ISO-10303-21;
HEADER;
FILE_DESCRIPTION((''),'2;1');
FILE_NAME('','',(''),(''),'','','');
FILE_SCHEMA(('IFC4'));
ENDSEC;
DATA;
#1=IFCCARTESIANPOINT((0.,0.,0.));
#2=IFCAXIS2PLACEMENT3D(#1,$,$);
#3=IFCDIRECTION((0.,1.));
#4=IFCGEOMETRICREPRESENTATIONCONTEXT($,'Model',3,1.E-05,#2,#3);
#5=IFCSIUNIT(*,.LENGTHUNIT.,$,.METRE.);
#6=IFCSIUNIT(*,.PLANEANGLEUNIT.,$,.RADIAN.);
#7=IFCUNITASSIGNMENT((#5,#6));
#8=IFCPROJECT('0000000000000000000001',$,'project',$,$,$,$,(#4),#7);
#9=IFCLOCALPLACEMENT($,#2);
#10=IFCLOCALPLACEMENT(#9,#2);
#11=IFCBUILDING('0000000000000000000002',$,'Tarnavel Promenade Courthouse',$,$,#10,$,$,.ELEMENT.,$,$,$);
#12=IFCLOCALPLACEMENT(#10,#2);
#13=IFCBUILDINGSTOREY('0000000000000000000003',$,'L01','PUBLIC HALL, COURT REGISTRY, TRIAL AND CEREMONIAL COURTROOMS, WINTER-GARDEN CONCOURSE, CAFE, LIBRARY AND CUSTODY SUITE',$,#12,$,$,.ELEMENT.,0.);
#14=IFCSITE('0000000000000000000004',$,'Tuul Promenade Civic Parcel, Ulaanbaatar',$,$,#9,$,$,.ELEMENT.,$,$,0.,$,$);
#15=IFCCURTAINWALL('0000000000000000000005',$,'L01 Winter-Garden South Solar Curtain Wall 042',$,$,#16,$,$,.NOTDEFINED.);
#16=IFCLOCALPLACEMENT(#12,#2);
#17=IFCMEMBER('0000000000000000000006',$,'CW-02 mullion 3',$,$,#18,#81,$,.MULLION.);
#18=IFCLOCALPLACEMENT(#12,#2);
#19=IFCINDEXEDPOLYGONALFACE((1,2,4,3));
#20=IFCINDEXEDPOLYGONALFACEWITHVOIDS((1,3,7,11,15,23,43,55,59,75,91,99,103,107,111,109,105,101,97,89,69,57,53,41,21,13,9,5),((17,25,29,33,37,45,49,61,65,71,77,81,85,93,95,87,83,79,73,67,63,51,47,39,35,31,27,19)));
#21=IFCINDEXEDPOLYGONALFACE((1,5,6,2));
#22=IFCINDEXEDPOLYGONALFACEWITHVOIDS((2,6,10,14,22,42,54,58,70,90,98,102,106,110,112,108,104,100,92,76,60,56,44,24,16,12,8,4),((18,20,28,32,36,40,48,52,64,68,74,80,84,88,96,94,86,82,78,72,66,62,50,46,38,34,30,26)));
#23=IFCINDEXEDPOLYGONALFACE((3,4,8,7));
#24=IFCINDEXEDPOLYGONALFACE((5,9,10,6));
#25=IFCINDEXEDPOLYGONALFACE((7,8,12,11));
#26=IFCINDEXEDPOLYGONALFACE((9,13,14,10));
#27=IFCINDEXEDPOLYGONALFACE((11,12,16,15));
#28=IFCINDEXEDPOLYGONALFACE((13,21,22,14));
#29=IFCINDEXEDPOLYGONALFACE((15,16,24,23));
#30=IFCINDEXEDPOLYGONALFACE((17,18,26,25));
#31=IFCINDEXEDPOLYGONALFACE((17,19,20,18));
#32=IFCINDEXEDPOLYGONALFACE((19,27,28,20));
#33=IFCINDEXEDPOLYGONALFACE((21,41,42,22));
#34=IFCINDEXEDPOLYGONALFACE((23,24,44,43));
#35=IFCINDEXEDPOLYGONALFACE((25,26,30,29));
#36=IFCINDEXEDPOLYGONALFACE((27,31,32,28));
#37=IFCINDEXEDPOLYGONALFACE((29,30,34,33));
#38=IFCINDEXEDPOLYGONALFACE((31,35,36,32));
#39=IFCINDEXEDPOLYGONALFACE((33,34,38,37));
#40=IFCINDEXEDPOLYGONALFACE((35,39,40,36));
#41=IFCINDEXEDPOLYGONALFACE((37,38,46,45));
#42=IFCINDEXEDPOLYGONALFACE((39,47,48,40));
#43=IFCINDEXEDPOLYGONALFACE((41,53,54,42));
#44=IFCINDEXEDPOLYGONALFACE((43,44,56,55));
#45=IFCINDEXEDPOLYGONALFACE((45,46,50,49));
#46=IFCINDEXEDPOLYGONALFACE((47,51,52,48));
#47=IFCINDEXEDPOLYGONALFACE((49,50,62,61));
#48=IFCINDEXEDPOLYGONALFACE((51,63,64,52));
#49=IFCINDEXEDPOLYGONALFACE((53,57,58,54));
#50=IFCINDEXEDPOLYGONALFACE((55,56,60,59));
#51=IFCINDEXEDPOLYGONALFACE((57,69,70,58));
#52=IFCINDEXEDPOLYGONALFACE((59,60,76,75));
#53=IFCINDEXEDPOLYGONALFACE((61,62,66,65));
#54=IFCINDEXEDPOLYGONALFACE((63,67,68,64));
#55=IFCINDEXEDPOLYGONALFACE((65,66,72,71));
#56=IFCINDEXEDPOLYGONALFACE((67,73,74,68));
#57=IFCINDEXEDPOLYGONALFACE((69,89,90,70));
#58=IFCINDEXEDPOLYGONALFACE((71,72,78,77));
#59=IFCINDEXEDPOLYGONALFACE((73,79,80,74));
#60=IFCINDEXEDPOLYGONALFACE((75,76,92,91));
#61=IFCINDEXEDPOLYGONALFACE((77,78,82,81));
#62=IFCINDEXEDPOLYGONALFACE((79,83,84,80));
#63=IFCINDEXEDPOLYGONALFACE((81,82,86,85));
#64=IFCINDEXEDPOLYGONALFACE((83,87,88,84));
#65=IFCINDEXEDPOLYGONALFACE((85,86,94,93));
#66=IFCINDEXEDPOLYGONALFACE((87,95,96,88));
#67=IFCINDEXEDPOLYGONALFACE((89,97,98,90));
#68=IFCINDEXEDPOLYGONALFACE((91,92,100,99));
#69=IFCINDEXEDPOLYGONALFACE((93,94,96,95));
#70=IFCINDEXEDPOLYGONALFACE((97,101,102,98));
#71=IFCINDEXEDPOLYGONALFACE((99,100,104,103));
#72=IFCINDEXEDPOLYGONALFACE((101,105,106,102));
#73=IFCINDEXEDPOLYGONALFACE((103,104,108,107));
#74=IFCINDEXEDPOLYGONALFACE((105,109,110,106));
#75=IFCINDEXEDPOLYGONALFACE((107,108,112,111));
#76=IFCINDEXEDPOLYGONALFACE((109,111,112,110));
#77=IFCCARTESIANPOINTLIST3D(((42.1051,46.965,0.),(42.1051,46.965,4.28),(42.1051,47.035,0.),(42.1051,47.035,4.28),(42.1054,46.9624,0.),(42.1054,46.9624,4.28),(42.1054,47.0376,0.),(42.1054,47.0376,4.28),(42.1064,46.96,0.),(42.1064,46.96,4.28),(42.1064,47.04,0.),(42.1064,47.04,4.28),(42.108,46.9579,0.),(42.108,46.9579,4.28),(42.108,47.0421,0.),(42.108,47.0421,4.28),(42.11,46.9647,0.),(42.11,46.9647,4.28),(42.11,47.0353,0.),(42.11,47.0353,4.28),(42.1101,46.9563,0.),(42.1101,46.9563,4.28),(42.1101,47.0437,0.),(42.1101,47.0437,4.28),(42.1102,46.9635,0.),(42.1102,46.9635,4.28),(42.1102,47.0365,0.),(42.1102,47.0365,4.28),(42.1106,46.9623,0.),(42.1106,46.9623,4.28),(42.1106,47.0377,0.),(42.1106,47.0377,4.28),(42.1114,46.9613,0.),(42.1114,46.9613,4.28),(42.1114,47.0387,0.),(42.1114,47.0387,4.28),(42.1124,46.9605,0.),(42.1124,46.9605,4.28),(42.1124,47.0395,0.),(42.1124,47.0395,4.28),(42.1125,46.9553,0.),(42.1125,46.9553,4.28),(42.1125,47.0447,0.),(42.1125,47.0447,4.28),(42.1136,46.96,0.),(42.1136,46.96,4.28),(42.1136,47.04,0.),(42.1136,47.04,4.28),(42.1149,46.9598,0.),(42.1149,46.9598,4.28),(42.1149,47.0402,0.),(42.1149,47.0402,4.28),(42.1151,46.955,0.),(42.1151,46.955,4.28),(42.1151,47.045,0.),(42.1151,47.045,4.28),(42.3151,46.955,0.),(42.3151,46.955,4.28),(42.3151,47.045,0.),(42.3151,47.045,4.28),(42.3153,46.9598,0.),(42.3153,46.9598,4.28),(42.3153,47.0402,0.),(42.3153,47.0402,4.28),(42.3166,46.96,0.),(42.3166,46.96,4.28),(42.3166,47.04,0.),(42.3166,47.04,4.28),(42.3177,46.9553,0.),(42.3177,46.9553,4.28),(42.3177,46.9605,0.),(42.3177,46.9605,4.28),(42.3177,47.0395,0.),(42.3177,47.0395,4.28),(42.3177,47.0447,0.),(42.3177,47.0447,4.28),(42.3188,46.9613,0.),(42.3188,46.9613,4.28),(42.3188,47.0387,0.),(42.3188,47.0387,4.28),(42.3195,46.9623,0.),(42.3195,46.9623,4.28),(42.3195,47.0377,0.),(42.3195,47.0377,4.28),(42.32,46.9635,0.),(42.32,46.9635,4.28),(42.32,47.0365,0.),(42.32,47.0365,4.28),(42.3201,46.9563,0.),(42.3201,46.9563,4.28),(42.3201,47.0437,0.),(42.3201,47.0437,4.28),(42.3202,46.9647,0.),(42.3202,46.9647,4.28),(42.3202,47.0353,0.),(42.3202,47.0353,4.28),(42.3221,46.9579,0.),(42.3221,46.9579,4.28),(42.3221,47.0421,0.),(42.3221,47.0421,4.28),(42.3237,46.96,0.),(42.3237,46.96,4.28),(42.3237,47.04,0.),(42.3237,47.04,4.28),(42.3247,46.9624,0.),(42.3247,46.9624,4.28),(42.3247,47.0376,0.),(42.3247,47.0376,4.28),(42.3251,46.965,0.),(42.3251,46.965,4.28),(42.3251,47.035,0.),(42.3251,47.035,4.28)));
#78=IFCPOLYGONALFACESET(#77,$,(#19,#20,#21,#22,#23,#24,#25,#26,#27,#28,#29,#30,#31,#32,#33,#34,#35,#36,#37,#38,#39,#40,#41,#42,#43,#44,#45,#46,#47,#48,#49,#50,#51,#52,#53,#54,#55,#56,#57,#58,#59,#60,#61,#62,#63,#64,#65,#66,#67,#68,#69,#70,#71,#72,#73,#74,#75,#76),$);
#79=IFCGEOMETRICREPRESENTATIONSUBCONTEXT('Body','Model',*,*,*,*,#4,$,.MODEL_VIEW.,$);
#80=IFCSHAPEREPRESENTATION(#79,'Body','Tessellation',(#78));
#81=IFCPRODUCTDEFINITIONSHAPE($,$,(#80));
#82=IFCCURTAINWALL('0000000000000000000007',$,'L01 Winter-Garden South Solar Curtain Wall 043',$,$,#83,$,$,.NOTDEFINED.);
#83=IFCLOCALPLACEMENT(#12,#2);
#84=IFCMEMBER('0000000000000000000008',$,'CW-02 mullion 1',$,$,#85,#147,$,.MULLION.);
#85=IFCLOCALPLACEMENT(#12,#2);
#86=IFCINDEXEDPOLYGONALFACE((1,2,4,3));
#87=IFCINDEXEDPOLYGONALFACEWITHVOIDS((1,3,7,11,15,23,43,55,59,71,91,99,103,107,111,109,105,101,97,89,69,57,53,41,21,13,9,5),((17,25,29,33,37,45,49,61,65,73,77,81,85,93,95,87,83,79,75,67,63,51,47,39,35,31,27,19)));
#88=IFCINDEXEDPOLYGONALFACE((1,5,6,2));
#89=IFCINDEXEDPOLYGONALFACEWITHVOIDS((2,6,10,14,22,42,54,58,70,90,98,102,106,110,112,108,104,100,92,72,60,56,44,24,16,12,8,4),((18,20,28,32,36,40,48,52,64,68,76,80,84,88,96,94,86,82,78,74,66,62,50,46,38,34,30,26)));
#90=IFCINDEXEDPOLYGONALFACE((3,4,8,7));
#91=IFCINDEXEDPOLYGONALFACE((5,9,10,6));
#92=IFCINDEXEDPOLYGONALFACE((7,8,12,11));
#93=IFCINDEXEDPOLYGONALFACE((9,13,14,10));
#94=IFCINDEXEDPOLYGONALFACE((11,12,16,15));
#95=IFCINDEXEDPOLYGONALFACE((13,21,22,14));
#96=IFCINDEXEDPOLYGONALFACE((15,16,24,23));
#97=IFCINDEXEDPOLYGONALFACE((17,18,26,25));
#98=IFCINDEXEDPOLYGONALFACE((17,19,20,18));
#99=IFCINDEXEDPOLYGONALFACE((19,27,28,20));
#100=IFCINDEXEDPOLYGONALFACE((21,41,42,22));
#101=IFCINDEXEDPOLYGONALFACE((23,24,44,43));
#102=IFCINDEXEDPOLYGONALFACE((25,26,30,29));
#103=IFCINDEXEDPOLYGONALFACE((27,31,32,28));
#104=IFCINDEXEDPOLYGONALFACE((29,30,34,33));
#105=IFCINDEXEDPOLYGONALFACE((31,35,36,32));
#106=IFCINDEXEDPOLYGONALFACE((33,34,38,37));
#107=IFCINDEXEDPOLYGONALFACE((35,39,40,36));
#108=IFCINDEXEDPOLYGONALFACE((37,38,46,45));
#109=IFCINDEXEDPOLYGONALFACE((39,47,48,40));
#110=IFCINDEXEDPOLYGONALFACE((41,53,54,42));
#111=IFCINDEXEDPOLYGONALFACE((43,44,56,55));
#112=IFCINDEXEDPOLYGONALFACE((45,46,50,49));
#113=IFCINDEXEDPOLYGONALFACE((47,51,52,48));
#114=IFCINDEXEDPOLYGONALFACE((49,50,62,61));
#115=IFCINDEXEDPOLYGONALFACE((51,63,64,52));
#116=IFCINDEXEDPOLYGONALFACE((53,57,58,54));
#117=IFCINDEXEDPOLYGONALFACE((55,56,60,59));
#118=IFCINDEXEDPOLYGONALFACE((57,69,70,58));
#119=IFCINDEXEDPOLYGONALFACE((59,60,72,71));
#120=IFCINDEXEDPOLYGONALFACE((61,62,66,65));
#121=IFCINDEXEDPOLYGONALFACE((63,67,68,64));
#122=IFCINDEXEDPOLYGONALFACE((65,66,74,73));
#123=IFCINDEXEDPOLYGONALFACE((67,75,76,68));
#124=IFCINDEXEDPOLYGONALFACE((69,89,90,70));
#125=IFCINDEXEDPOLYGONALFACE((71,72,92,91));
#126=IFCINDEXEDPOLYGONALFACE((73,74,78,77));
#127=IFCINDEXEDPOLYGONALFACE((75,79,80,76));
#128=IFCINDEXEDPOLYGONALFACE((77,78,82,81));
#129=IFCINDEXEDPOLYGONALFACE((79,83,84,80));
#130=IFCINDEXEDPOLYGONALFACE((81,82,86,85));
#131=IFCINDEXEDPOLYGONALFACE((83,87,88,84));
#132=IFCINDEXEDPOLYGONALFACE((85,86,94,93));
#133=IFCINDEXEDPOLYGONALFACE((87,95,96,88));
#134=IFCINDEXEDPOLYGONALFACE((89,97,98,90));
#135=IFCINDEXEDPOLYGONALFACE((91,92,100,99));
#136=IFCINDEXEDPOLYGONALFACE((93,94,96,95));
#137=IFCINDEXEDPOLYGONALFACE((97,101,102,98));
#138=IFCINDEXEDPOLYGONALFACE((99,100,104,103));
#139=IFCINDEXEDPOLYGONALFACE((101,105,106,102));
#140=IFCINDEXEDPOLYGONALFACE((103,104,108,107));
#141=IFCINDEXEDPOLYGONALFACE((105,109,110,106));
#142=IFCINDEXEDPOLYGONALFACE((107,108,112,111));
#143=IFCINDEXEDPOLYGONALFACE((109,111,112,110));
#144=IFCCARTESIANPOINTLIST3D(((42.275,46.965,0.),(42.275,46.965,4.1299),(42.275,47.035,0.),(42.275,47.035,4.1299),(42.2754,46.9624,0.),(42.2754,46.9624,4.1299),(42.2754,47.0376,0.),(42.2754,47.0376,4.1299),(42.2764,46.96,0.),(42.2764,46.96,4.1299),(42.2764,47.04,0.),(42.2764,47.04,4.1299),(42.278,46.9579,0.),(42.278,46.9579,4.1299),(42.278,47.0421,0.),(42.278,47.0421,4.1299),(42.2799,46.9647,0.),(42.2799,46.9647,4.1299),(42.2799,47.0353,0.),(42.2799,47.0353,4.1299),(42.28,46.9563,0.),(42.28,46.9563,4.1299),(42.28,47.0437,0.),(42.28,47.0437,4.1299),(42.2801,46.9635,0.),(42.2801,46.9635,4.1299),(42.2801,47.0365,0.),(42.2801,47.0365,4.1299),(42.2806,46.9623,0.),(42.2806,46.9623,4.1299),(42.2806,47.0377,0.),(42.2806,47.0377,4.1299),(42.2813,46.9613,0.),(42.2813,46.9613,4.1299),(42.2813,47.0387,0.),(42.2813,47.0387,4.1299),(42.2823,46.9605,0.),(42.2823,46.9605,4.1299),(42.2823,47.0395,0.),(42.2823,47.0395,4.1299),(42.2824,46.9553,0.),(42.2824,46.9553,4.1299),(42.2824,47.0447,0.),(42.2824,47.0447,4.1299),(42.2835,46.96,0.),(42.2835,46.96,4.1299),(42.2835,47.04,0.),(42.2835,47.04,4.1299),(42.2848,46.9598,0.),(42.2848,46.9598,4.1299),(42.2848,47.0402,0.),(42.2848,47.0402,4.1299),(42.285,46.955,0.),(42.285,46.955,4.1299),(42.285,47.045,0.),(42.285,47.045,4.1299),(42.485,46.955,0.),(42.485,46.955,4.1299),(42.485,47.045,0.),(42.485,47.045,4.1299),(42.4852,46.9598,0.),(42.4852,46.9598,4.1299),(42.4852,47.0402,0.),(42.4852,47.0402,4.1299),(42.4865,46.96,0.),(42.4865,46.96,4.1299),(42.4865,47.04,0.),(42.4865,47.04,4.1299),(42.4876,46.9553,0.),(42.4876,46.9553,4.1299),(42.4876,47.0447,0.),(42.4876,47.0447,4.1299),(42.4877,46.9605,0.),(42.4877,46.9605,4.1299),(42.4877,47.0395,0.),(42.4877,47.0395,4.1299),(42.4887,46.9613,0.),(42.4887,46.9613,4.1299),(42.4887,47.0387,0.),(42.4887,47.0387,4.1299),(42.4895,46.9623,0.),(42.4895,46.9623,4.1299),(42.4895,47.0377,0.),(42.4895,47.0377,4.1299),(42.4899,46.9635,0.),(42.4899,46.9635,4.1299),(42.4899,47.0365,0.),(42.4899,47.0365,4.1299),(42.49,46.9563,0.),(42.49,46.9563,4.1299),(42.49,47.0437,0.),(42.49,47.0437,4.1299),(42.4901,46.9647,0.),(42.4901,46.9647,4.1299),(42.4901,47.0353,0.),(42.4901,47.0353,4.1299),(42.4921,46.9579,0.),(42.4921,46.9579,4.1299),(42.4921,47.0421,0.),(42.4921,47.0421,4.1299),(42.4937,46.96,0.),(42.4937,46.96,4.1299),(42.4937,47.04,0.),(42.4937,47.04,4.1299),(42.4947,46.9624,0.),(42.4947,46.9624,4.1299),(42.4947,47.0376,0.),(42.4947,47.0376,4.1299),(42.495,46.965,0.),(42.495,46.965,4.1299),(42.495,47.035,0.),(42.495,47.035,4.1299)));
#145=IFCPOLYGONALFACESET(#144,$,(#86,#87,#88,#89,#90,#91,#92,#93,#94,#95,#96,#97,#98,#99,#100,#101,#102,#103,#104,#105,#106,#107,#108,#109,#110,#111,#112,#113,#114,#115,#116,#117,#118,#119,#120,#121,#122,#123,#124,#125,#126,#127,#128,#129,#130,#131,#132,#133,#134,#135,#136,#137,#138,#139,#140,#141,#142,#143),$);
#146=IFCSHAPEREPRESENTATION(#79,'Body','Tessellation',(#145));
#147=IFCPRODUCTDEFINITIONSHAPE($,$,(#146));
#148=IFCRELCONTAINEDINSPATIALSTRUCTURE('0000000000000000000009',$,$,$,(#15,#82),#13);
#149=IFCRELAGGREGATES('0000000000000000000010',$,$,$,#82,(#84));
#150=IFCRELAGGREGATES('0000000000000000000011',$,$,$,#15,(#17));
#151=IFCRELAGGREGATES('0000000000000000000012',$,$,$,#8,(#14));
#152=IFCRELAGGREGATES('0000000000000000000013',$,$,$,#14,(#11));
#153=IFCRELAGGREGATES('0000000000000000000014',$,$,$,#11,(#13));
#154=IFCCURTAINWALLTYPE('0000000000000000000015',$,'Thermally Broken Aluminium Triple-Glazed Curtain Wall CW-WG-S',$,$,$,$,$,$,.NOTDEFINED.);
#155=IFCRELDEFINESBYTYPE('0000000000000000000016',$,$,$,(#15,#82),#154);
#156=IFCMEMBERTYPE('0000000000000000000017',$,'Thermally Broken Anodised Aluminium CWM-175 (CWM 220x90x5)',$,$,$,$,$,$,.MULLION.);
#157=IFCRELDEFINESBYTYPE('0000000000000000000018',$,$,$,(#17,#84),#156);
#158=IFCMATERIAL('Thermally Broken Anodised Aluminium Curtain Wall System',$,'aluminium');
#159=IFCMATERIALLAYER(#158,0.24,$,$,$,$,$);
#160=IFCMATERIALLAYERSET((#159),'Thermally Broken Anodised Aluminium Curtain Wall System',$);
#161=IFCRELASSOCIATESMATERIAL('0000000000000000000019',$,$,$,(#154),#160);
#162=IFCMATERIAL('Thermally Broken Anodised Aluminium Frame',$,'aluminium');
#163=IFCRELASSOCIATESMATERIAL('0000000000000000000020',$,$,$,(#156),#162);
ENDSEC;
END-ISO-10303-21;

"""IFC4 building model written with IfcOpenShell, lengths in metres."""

from ifc_helpers import new_model, si_unit, direction, frame, origin, origin_2d, place, context, subcontext, project, spatial, hollow_rectangle, extrude, material, layer, layer_set, material_profile, profile_set, type_object, element, aggregate, save


model = new_model("IFC4")

# Units and contexts
model_context = context("Model", 3, precision=1e-05, world=origin(), true_north=direction((0.0, 1.0)))
body_context = subcontext(model_context, "Body", "Model", "MODEL_VIEW")
ifc_project = project(units=[si_unit("LENGTHUNIT", "METRE"), si_unit("PLANEANGLEUNIT", "RADIAN")], contexts=[model_context])

# Site, building, storey
site_placement = place(None, origin())
site = spatial("IfcSite", under=ifc_project, at=site_placement, Name="Tuul Promenade Civic Parcel, Ulaanbaatar", CompositionType="ELEMENT", RefElevation=0.0)
building_placement = place(site_placement, origin())
building = spatial("IfcBuilding", under=site, at=building_placement, Name="Tarnavel Promenade Courthouse", CompositionType="ELEMENT")
storey_placement = place(building_placement, origin())
storey = spatial("IfcBuildingStorey", under=building, at=storey_placement, Name="L01", Description="PUBLIC HALL, COURT REGISTRY, TRIAL AND CEREMONIAL COURTROOMS, WINTER-GARDEN CONCOURSE, CAFE, LIBRARY AND CUSTODY SUITE", CompositionType="ELEMENT", Elevation=0.0)

# Curtain wall, member
ifc_material_1 = material(Name="Thermally Broken Anodised Aluminium Curtain Wall System", Category="aluminium")
ifc_layer_1 = layer(ifc_material_1, 0.24)
ifc_layer_set_1 = layer_set([ifc_layer_1], Name="Thermally Broken Anodised Aluminium Curtain Wall System")
curtain_wall_type = type_object("IfcCurtainWallType", Name="Thermally Broken Aluminium Triple-Glazed Curtain Wall CW-WG-S", PredefinedType="NOTDEFINED", material=ifc_layer_set_1)
curtain_wall_1_placement = place(storey_placement, origin())
curtain_wall_1 = element("IfcCurtainWall", 1, at=curtain_wall_1_placement, inside=storey, type_object=curtain_wall_type, Name="L01 Winter-Garden South Solar Curtain Wall 042", PredefinedType="NOTDEFINED")
ifc_material_2 = material(Name="Thermally Broken Anodised Aluminium Frame", Category="aluminium")
ifc_material_profile_1 = material_profile(ifc_material_2, hollow_rectangle(XDim=0.0901, YDim=0.22, WallThickness=0.0049, InnerFilletRadius=0.0049, OuterFilletRadius=0.01, at=origin_2d()), Name="CWM 220x90x5")
ifc_profile_set_1 = profile_set([ifc_material_profile_1], Name="Thermally Broken Anodised Aluminium Frame")
member_type_1 = type_object("IfcMemberType", Name="Thermally Broken Anodised Aluminium CWM-175 (CWM 220x90x5)", PredefinedType="MULLION", material=ifc_profile_set_1)
member_1_placement = place(storey_placement, frame((42.2151, 47.0, 0.0), z_axis=(0.0, 0.0, 1.0), x_axis=(0.0, 1.0, 0.0)))
member_1 = element("IfcMember", 2, at=member_1_placement, type_object=member_type_1, Name="CW-02 mullion 3", PredefinedType="MULLION", context=body_context, shape_type="SweptSolid", body=[
    extrude(hollow_rectangle(XDim=0.0901, YDim=0.22, WallThickness=0.0049, InnerFilletRadius=0.0049, OuterFilletRadius=0.01, at=origin_2d()), origin(), (0.0, 0.0, 1.0), 4.28),
])

# Curtain wall, member
curtain_wall_2_placement = place(storey_placement, origin())
curtain_wall_2 = element("IfcCurtainWall", 3, at=curtain_wall_2_placement, inside=storey, type_object=curtain_wall_type, Name="L01 Winter-Garden South Solar Curtain Wall 043", PredefinedType="NOTDEFINED")
member_2_placement = place(storey_placement, frame((42.385, 47.0, 0.0), z_axis=(0.0, 0.0, 1.0), x_axis=(0.0, 1.0, 0.0)))
member_2 = element("IfcMember", 4, at=member_2_placement, type_object=member_type_1, Name="CW-02 mullion 1", PredefinedType="MULLION", context=body_context, shape_type="SweptSolid", body=[
    extrude(hollow_rectangle(XDim=0.0901, YDim=0.22, WallThickness=0.0049, InnerFilletRadius=0.0049, OuterFilletRadius=0.01, at=origin_2d()), origin(), (0.0, 0.0, 1.0), 4.1299),
])

aggregate(curtain_wall_2, [member_2])

aggregate(curtain_wall_1, [member_1])

save(model, "model.ifc")
